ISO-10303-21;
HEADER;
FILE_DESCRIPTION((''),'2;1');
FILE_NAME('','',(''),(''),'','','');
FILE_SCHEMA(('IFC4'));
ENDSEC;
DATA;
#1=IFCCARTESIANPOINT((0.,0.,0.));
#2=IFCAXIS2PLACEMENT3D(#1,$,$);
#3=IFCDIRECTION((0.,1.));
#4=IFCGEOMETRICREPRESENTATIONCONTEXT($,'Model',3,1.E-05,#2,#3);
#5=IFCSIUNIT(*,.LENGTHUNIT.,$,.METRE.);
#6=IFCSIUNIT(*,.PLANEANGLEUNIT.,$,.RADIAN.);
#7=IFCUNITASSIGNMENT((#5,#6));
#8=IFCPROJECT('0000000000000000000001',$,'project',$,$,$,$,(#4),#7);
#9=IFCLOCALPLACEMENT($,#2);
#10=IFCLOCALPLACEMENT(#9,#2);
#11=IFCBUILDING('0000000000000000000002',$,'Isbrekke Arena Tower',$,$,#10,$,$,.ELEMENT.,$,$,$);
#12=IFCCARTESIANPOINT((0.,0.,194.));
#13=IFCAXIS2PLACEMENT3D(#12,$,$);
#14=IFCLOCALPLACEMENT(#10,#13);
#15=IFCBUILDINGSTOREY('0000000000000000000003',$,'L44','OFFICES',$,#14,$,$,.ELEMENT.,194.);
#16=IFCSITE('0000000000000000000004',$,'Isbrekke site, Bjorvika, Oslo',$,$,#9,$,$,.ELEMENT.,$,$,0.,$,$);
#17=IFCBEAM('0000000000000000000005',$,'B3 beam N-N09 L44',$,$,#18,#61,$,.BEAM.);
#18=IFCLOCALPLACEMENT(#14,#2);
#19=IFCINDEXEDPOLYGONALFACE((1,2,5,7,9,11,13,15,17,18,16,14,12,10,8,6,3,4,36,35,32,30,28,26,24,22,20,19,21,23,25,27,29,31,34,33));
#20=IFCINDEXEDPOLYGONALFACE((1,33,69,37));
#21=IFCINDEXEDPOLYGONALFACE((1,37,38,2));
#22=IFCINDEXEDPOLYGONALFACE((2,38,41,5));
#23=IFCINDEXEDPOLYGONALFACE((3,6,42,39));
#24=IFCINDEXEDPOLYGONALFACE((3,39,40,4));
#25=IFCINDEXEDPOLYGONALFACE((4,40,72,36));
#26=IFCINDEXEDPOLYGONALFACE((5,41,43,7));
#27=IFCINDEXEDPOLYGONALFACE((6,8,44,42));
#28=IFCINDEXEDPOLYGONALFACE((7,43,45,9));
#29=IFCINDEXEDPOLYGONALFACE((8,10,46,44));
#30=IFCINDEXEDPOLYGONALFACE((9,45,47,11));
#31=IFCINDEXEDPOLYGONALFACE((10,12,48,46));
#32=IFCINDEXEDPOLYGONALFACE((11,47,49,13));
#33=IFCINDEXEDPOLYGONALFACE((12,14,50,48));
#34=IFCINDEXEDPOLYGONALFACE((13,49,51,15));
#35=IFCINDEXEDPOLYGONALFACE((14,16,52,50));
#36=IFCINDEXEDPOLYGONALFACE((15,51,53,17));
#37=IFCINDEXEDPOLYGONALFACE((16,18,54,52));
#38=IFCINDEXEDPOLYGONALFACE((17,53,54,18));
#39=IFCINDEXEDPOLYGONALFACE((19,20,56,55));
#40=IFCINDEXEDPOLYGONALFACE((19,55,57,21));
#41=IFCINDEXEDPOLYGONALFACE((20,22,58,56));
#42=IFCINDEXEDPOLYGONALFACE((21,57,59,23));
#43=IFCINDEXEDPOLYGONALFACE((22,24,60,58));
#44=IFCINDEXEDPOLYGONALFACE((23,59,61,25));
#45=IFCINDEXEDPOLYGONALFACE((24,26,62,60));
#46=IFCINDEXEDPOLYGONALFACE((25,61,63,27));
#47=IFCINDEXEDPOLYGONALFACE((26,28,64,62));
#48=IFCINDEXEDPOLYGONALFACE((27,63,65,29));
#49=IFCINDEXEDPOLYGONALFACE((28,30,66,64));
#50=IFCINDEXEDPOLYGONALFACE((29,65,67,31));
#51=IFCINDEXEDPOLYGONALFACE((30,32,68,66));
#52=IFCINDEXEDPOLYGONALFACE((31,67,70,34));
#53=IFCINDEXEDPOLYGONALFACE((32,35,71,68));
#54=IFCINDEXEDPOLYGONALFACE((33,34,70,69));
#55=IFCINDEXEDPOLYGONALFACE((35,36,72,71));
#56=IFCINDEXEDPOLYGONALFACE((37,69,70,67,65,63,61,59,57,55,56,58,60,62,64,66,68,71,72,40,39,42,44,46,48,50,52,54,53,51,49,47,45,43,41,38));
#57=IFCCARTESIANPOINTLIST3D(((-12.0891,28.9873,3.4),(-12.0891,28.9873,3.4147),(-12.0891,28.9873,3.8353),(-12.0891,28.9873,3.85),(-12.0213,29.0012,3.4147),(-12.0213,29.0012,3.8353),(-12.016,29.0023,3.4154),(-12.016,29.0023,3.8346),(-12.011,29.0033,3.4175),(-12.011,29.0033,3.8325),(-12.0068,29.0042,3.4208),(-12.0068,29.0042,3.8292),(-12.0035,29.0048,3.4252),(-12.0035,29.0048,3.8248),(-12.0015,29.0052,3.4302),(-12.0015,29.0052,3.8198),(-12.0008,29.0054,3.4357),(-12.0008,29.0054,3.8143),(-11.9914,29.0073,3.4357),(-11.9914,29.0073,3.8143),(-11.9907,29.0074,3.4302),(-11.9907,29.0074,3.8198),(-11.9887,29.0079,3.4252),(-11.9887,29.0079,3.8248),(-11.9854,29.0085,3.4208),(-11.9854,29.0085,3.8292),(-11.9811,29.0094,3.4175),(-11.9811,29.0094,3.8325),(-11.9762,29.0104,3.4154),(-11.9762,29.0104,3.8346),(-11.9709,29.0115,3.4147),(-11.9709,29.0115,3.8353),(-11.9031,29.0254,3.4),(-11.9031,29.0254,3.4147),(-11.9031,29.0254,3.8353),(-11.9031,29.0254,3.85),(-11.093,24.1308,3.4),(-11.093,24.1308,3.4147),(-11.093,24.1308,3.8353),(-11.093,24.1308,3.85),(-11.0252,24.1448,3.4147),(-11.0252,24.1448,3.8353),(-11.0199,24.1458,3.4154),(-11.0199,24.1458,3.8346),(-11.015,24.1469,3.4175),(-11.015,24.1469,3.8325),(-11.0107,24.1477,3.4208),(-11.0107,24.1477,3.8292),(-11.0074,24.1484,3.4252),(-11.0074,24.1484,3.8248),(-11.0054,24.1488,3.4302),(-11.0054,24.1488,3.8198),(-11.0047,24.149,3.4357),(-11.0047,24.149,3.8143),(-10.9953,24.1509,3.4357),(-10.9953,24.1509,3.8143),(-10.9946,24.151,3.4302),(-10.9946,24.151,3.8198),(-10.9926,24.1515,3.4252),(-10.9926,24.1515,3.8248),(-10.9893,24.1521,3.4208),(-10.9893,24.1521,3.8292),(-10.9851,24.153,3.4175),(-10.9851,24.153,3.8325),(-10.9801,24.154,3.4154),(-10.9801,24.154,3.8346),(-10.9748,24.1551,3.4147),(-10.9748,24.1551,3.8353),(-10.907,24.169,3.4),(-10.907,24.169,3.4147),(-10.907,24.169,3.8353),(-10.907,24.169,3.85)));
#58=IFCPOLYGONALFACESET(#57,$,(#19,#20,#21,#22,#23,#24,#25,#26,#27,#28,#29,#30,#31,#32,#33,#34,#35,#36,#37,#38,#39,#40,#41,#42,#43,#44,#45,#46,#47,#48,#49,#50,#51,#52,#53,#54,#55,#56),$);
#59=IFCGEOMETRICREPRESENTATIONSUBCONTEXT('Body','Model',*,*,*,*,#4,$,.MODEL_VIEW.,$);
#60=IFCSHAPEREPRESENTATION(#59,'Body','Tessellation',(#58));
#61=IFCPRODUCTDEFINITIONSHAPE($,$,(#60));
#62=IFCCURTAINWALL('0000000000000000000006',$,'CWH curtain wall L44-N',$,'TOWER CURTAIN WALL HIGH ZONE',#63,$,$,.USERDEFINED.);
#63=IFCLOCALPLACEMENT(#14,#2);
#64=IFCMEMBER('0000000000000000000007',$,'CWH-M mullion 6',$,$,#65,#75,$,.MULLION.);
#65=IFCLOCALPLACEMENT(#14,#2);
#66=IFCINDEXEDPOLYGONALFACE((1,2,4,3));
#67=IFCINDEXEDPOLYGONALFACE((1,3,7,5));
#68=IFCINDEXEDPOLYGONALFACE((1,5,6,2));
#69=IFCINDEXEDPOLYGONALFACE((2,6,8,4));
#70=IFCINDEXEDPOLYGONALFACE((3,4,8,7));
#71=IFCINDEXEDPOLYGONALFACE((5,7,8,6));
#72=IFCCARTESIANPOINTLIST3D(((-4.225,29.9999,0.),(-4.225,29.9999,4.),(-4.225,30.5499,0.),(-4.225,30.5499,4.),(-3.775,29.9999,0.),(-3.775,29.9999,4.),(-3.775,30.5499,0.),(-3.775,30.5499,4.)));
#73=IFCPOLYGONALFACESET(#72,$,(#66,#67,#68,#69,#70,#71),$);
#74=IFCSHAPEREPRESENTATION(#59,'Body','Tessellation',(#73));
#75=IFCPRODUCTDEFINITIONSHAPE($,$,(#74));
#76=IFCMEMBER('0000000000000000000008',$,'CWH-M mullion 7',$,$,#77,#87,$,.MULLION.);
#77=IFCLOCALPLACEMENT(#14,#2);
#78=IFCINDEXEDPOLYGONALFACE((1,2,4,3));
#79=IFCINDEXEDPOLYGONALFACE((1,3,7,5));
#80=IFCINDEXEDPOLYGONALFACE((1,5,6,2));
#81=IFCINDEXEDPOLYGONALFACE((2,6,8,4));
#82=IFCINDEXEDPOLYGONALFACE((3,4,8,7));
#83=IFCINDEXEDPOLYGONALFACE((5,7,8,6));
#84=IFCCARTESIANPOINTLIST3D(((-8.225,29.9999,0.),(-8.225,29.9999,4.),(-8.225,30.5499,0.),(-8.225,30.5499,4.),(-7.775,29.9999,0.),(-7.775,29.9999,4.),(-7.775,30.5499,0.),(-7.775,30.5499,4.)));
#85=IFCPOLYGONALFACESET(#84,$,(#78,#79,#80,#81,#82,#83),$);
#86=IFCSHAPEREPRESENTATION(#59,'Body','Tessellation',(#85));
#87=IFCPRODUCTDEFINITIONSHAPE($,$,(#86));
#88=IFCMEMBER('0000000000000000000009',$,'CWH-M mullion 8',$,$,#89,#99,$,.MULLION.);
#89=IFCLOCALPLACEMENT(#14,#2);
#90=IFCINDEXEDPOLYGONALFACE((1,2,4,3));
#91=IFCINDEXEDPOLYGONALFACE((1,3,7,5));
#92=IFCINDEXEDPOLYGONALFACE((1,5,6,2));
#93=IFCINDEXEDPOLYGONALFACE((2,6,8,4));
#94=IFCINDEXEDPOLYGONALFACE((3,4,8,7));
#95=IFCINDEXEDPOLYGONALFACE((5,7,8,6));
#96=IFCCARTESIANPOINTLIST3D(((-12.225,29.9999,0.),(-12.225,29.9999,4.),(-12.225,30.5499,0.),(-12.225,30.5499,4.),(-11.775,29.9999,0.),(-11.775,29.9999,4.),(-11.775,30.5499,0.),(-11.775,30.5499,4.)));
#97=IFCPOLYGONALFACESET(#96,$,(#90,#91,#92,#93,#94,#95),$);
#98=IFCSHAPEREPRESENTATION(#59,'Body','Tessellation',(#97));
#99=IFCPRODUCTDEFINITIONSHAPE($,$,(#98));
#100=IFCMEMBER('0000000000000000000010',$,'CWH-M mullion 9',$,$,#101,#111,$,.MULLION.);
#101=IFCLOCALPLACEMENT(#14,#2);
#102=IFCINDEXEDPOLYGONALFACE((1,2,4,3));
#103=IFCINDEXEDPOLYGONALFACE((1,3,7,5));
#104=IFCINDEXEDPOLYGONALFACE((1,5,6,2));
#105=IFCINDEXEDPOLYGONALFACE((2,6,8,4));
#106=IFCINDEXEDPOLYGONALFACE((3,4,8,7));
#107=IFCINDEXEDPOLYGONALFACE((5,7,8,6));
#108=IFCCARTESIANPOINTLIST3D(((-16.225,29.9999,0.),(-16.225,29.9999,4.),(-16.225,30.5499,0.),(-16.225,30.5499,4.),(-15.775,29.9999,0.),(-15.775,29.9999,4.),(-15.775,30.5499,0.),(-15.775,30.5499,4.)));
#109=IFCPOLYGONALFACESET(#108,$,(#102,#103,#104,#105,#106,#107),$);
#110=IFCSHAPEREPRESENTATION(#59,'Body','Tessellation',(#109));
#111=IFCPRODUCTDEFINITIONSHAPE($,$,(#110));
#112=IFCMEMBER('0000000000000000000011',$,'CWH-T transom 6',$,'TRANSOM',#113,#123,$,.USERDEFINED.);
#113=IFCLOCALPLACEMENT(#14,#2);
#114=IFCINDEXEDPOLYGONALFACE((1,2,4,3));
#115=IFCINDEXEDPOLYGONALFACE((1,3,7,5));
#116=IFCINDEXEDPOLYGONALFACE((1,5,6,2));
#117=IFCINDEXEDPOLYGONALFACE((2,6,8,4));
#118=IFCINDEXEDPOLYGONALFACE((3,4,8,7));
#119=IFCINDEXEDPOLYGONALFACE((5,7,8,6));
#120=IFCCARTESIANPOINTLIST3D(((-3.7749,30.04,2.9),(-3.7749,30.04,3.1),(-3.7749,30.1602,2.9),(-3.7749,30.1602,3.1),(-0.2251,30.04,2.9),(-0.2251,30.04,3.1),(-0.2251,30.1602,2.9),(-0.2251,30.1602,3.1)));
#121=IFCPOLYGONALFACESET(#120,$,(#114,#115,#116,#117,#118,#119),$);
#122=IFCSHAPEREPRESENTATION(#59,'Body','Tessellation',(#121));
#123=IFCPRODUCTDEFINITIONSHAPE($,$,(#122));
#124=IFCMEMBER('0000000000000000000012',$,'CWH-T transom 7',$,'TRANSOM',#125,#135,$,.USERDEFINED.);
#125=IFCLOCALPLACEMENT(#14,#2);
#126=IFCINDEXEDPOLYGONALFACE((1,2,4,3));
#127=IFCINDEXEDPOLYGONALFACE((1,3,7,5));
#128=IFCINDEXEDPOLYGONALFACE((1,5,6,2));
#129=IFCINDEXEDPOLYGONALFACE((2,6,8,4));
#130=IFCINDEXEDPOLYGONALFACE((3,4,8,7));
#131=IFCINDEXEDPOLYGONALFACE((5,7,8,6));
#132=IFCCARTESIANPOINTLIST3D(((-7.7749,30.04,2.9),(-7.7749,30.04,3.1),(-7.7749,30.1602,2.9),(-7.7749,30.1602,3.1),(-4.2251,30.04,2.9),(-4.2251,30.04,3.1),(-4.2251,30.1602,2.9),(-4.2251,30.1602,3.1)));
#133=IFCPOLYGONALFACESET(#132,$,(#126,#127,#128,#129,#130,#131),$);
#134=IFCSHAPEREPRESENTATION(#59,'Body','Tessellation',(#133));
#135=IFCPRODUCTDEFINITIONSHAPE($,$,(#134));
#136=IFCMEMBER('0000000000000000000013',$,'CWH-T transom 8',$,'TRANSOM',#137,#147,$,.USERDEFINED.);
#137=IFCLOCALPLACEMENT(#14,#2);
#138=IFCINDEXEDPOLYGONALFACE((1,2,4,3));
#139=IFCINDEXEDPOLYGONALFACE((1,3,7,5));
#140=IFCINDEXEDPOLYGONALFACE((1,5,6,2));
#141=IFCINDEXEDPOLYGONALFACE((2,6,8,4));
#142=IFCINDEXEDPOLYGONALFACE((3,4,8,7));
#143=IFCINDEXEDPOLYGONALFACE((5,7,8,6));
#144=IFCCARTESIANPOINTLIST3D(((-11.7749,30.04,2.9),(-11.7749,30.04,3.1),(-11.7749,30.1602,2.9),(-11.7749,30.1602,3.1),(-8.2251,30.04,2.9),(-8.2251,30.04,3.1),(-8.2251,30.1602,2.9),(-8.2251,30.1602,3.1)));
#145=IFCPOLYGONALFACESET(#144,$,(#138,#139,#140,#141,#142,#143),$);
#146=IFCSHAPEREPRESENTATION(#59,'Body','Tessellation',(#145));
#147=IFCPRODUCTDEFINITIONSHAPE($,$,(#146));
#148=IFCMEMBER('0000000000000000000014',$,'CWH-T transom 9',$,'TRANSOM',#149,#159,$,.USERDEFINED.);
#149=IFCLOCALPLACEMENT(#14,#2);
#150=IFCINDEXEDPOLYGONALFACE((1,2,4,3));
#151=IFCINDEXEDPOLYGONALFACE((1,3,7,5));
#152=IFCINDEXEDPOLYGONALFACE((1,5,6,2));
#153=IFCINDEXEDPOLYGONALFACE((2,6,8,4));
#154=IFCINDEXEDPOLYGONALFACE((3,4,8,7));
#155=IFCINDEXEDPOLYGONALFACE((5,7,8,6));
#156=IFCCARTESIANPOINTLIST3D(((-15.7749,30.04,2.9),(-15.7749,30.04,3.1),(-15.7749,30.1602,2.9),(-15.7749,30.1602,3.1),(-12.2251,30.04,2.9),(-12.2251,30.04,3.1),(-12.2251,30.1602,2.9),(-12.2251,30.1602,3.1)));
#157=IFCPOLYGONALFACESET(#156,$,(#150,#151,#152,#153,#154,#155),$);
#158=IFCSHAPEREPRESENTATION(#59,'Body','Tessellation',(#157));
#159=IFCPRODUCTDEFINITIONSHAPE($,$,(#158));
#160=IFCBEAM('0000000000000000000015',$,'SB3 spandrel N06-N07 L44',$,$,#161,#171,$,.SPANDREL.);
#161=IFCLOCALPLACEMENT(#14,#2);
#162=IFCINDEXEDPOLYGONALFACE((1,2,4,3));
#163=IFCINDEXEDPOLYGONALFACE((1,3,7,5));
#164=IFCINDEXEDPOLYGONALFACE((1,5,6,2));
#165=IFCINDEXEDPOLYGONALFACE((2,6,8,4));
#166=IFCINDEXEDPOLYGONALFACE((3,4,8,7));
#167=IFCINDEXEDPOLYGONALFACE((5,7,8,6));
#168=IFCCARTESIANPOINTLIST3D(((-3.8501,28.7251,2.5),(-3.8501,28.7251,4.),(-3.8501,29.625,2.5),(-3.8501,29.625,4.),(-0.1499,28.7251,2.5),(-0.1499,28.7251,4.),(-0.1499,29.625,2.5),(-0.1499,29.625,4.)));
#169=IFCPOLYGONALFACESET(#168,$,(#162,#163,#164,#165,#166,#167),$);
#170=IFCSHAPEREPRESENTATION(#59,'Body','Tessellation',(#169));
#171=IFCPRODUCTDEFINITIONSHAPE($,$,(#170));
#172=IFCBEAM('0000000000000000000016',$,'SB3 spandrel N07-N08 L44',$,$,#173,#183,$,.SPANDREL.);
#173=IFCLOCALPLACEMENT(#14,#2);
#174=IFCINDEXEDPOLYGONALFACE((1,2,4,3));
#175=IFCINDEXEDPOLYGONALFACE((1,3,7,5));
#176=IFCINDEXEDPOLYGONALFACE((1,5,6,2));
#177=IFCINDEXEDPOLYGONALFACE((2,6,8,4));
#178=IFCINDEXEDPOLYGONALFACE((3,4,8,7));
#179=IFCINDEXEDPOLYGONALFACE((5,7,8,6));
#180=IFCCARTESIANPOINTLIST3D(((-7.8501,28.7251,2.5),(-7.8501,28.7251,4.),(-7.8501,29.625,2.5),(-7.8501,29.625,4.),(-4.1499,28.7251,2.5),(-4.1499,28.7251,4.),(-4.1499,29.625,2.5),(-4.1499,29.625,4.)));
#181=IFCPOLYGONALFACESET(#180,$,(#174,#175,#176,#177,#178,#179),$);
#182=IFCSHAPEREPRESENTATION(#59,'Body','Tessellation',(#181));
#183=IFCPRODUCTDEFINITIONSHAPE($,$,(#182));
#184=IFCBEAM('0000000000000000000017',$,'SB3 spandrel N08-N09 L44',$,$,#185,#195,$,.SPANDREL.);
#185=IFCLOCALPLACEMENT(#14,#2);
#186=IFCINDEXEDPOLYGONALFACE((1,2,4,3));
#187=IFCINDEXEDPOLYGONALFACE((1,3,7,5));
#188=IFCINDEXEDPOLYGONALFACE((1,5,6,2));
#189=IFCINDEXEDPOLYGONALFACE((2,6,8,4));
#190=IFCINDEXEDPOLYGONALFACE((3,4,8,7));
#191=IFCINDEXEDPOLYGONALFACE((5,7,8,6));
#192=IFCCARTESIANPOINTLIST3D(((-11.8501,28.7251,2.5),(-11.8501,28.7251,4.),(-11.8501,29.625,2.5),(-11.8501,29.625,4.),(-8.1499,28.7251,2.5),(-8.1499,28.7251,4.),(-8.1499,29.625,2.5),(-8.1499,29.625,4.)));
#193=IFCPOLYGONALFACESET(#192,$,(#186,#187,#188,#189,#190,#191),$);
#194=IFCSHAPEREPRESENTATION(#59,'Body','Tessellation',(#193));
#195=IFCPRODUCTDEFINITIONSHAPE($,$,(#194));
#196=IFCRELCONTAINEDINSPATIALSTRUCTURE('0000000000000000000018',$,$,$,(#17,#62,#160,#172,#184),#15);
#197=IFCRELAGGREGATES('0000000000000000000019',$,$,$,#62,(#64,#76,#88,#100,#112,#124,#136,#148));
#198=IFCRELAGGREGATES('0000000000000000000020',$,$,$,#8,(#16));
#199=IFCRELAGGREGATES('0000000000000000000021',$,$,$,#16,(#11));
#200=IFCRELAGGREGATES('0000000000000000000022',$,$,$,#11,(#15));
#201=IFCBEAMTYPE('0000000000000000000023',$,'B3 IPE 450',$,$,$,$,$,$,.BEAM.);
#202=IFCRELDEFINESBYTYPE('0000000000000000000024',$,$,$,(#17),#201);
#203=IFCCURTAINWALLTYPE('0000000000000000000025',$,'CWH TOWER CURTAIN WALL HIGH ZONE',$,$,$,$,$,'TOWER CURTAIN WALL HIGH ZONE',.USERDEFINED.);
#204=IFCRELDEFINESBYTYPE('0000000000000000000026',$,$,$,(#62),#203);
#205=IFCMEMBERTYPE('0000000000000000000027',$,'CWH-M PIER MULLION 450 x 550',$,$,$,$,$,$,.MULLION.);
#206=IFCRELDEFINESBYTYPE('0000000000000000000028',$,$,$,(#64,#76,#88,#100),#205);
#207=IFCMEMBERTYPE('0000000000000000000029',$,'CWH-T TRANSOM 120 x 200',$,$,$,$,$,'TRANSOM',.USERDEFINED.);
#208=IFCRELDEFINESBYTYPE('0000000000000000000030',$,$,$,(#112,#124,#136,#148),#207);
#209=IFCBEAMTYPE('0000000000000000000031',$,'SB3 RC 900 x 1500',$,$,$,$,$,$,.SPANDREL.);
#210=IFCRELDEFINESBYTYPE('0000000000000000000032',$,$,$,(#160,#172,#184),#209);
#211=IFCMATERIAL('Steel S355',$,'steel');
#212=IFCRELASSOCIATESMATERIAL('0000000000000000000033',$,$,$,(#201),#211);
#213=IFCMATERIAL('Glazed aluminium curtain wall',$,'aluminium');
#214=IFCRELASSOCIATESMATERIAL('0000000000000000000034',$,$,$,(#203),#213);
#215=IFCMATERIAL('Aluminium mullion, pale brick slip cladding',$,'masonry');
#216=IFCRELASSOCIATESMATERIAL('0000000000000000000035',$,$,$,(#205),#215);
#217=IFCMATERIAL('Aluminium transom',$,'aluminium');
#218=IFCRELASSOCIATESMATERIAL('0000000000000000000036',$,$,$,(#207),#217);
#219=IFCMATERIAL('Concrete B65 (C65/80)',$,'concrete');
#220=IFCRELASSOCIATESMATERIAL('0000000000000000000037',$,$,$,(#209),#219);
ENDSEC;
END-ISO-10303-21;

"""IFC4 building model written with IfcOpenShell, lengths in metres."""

from ifc_helpers import new_model, si_unit, direction, frame, origin, origin_2d, place, context, subcontext, project, spatial, rectangle, i_section, extrude, material, material_profile, profile_set, type_object, element, aggregate, save


model = new_model("IFC4")

# Units and contexts
model_context = context("Model", 3, precision=1e-05, world=origin(), true_north=direction((0.0, 1.0)))
body_context = subcontext(model_context, "Body", "Model", "MODEL_VIEW")
ifc_project = project(units=[si_unit("LENGTHUNIT", "METRE"), si_unit("PLANEANGLEUNIT", "RADIAN")], contexts=[model_context])

# Site, building, storey
site_placement = place(None, origin())
site = spatial("IfcSite", under=ifc_project, at=site_placement, Name="Isbrekke site, Bjorvika, Oslo", CompositionType="ELEMENT", RefElevation=0.0)
building_placement = place(site_placement, origin())
building = spatial("IfcBuilding", under=site, at=building_placement, Name="Isbrekke Arena Tower", CompositionType="ELEMENT")
storey_placement = place(building_placement, frame((0.0, 0.0, 194.0)))
storey = spatial("IfcBuildingStorey", under=building, at=storey_placement, Name="L44", Description="OFFICES", CompositionType="ELEMENT", Elevation=194.0)

# Beam
ifc_material_1 = material(Name="Steel S355", Category="steel")
ifc_material_profile_1 = material_profile(ifc_material_1, i_section(OverallWidth=0.1899, OverallDepth=0.45, WebThickness=0.0095, FlangeThickness=0.0146, FilletRadius=0.021, at=origin_2d()), Name="IPE 450")
ifc_profile_set_1 = profile_set([ifc_material_profile_1], Name="Steel S355")
beam_type_1 = type_object("IfcBeamType", Name="B3 IPE 450", PredefinedType="BEAM", material=ifc_profile_set_1)
beam_1_placement = place(storey_placement, frame((-11.9961, 29.0063, 3.625), z_axis=(0.200925, -0.979607, 0.0), x_axis=(0.979607, 0.200925, 0.0)))
element("IfcBeam", 1, at=beam_1_placement, inside=storey, type_object=beam_type_1, Name="B3 beam N-N09 L44", PredefinedType="BEAM", context=body_context, shape_type="SweptSolid", body=[
    extrude(i_section(OverallWidth=0.1899, OverallDepth=0.45, WebThickness=0.0095, FlangeThickness=0.0146, FilletRadius=0.021, at=origin_2d()), origin(), (0.0, 0.0, 1.0), 4.9575),
])

# Curtain wall, members
ifc_material_2 = material(Name="Glazed aluminium curtain wall", Category="aluminium")
curtain_wall_type = type_object("IfcCurtainWallType", Name="CWH TOWER CURTAIN WALL HIGH ZONE", ElementType="TOWER CURTAIN WALL HIGH ZONE", PredefinedType="USERDEFINED", material=ifc_material_2)
curtain_wall_placement = place(storey_placement, origin())
curtain_wall = element("IfcCurtainWall", 2, at=curtain_wall_placement, inside=storey, type_object=curtain_wall_type, Name="CWH curtain wall L44-N", ObjectType="TOWER CURTAIN WALL HIGH ZONE", PredefinedType="USERDEFINED")
ifc_material_3 = material(Name="Aluminium mullion, pale brick slip cladding", Category="masonry")
ifc_material_profile_2 = material_profile(ifc_material_3, rectangle(XDim=0.45, YDim=0.55, at=origin_2d()), Name="PIER 450X550")
ifc_profile_set_2 = profile_set([ifc_material_profile_2], Name="Aluminium mullion, pale brick slip cladding")
member_type_1 = type_object("IfcMemberType", Name="CWH-M PIER MULLION 450 x 550", PredefinedType="MULLION", material=ifc_profile_set_2)
member_1_placement = place(storey_placement, frame((-4.0, 30.2749, 0.0), z_axis=(0.0, 0.0, 1.0), x_axis=(-1.0, 0.0, 0.0)))
member_1 = element("IfcMember", 3, at=member_1_placement, type_object=member_type_1, Name="CWH-M mullion 6", PredefinedType="MULLION", context=body_context, shape_type="SweptSolid", body=[
    extrude(rectangle(XDim=0.45, YDim=0.55, at=origin_2d()), origin(), (0.0, 0.0, 1.0), 4.0),
])
member_2_placement = place(storey_placement, frame((-8.0, 30.2749, 0.0), z_axis=(0.0, 0.0, 1.0), x_axis=(-1.0, 0.0, 0.0)))
member_2 = element("IfcMember", 4, at=member_2_placement, type_object=member_type_1, Name="CWH-M mullion 7", PredefinedType="MULLION", context=body_context, shape_type="SweptSolid", body=[
    extrude(rectangle(XDim=0.45, YDim=0.55, at=origin_2d()), origin(), (0.0, 0.0, 1.0), 4.0),
])
member_3_placement = place(storey_placement, frame((-12.0, 30.2749, 0.0), z_axis=(0.0, 0.0, 1.0), x_axis=(-1.0, 0.0, 0.0)))
member_3 = element("IfcMember", 5, at=member_3_placement, type_object=member_type_1, Name="CWH-M mullion 8", PredefinedType="MULLION", context=body_context, shape_type="SweptSolid", body=[
    extrude(rectangle(XDim=0.45, YDim=0.55, at=origin_2d()), origin(), (0.0, 0.0, 1.0), 4.0),
])
member_4_placement = place(storey_placement, frame((-16.0, 30.2749, 0.0), z_axis=(0.0, 0.0, 1.0), x_axis=(-1.0, 0.0, 0.0)))
member_4 = element("IfcMember", 6, at=member_4_placement, type_object=member_type_1, Name="CWH-M mullion 9", PredefinedType="MULLION", context=body_context, shape_type="SweptSolid", body=[
    extrude(rectangle(XDim=0.45, YDim=0.55, at=origin_2d()), origin(), (0.0, 0.0, 1.0), 4.0),
])
ifc_material_4 = material(Name="Aluminium transom", Category="aluminium")
ifc_material_profile_3 = material_profile(ifc_material_4, rectangle(XDim=0.1201, YDim=0.2, at=origin_2d()), Name="TRANSOM 120X200")
ifc_profile_set_3 = profile_set([ifc_material_profile_3], Name="Aluminium transom")
member_type_2 = type_object("IfcMemberType", Name="CWH-T TRANSOM 120 x 200", ElementType="TRANSOM", PredefinedType="USERDEFINED", material=ifc_profile_set_3)
member_5_placement = place(storey_placement, frame((-0.2251, 30.1001, 3.0), z_axis=(-1.0, 0.0, 0.0), x_axis=(0.0, -1.0, 0.0)))
member_5 = element("IfcMember", 7, at=member_5_placement, type_object=member_type_2, Name="CWH-T transom 6", ObjectType="TRANSOM", PredefinedType="USERDEFINED", context=body_context, shape_type="SweptSolid", body=[
    extrude(rectangle(XDim=0.1201, YDim=0.2, at=origin_2d()), origin(), (0.0, 0.0, 1.0), 3.5498),
])
member_6_placement = place(storey_placement, frame((-4.2251, 30.1001, 3.0), z_axis=(-1.0, 0.0, 0.0), x_axis=(0.0, -1.0, 0.0)))
member_6 = element("IfcMember", 8, at=member_6_placement, type_object=member_type_2, Name="CWH-T transom 7", ObjectType="TRANSOM", PredefinedType="USERDEFINED", context=body_context, shape_type="SweptSolid", body=[
    extrude(rectangle(XDim=0.1201, YDim=0.2, at=origin_2d()), origin(), (0.0, 0.0, 1.0), 3.5498),
])
member_7_placement = place(storey_placement, frame((-8.2251, 30.1001, 3.0), z_axis=(-1.0, 0.0, 0.0), x_axis=(0.0, -1.0, 0.0)))
member_7 = element("IfcMember", 9, at=member_7_placement, type_object=member_type_2, Name="CWH-T transom 8", ObjectType="TRANSOM", PredefinedType="USERDEFINED", context=body_context, shape_type="SweptSolid", body=[
    extrude(rectangle(XDim=0.1201, YDim=0.2, at=origin_2d()), origin(), (0.0, 0.0, 1.0), 3.5498),
])
member_8_placement = place(storey_placement, frame((-12.2251, 30.1001, 3.0), z_axis=(-1.0, 0.0, 0.0), x_axis=(0.0, -1.0, 0.0)))
member_8 = element("IfcMember", 10, at=member_8_placement, type_object=member_type_2, Name="CWH-T transom 9", ObjectType="TRANSOM", PredefinedType="USERDEFINED", context=body_context, shape_type="SweptSolid", body=[
    extrude(rectangle(XDim=0.1201, YDim=0.2, at=origin_2d()), origin(), (0.0, 0.0, 1.0), 3.5498),
])

# Beams
ifc_material_5 = material(Name="Concrete B65 (C65/80)", Category="concrete")
ifc_material_profile_4 = material_profile(ifc_material_5, rectangle(XDim=0.8999, YDim=1.5, at=origin_2d()), Name="RC 900x1500")
ifc_profile_set_4 = profile_set([ifc_material_profile_4], Name="Concrete B65 (C65/80)")
beam_type_2 = type_object("IfcBeamType", Name="SB3 RC 900 x 1500", PredefinedType="SPANDREL", material=ifc_profile_set_4)
for number, where, z_axis, x_axis, name in (
    (11, (-0.1499, 29.175, 3.25), (-1.0, 0.0, 0.0), (0.0, -1.0, 0.0), "SB3 spandrel N06-N07 L44"),
    (12, (-4.1499, 29.175, 3.25), (-1.0, 0.0, 0.0), (0.0, -1.0, 0.0), "SB3 spandrel N07-N08 L44"),
    (13, (-8.1499, 29.175, 3.25), (-1.0, 0.0, 0.0), (0.0, -1.0, 0.0), "SB3 spandrel N08-N09 L44"),
):
    element("IfcBeam", number, at=place(storey_placement, frame(where, z_axis=z_axis, x_axis=x_axis)), inside=storey, type_object=beam_type_2, Name=name, PredefinedType="SPANDREL", context=body_context, shape_type="SweptSolid", body=[
        extrude(rectangle(XDim=0.8999, YDim=1.5, at=origin_2d()), origin(), (0.0, 0.0, 1.0), 3.7002),
    ])

aggregate(curtain_wall, [member_1, member_2, member_3, member_4, member_5, member_6, member_7, member_8])

save(model, "model.ifc")
